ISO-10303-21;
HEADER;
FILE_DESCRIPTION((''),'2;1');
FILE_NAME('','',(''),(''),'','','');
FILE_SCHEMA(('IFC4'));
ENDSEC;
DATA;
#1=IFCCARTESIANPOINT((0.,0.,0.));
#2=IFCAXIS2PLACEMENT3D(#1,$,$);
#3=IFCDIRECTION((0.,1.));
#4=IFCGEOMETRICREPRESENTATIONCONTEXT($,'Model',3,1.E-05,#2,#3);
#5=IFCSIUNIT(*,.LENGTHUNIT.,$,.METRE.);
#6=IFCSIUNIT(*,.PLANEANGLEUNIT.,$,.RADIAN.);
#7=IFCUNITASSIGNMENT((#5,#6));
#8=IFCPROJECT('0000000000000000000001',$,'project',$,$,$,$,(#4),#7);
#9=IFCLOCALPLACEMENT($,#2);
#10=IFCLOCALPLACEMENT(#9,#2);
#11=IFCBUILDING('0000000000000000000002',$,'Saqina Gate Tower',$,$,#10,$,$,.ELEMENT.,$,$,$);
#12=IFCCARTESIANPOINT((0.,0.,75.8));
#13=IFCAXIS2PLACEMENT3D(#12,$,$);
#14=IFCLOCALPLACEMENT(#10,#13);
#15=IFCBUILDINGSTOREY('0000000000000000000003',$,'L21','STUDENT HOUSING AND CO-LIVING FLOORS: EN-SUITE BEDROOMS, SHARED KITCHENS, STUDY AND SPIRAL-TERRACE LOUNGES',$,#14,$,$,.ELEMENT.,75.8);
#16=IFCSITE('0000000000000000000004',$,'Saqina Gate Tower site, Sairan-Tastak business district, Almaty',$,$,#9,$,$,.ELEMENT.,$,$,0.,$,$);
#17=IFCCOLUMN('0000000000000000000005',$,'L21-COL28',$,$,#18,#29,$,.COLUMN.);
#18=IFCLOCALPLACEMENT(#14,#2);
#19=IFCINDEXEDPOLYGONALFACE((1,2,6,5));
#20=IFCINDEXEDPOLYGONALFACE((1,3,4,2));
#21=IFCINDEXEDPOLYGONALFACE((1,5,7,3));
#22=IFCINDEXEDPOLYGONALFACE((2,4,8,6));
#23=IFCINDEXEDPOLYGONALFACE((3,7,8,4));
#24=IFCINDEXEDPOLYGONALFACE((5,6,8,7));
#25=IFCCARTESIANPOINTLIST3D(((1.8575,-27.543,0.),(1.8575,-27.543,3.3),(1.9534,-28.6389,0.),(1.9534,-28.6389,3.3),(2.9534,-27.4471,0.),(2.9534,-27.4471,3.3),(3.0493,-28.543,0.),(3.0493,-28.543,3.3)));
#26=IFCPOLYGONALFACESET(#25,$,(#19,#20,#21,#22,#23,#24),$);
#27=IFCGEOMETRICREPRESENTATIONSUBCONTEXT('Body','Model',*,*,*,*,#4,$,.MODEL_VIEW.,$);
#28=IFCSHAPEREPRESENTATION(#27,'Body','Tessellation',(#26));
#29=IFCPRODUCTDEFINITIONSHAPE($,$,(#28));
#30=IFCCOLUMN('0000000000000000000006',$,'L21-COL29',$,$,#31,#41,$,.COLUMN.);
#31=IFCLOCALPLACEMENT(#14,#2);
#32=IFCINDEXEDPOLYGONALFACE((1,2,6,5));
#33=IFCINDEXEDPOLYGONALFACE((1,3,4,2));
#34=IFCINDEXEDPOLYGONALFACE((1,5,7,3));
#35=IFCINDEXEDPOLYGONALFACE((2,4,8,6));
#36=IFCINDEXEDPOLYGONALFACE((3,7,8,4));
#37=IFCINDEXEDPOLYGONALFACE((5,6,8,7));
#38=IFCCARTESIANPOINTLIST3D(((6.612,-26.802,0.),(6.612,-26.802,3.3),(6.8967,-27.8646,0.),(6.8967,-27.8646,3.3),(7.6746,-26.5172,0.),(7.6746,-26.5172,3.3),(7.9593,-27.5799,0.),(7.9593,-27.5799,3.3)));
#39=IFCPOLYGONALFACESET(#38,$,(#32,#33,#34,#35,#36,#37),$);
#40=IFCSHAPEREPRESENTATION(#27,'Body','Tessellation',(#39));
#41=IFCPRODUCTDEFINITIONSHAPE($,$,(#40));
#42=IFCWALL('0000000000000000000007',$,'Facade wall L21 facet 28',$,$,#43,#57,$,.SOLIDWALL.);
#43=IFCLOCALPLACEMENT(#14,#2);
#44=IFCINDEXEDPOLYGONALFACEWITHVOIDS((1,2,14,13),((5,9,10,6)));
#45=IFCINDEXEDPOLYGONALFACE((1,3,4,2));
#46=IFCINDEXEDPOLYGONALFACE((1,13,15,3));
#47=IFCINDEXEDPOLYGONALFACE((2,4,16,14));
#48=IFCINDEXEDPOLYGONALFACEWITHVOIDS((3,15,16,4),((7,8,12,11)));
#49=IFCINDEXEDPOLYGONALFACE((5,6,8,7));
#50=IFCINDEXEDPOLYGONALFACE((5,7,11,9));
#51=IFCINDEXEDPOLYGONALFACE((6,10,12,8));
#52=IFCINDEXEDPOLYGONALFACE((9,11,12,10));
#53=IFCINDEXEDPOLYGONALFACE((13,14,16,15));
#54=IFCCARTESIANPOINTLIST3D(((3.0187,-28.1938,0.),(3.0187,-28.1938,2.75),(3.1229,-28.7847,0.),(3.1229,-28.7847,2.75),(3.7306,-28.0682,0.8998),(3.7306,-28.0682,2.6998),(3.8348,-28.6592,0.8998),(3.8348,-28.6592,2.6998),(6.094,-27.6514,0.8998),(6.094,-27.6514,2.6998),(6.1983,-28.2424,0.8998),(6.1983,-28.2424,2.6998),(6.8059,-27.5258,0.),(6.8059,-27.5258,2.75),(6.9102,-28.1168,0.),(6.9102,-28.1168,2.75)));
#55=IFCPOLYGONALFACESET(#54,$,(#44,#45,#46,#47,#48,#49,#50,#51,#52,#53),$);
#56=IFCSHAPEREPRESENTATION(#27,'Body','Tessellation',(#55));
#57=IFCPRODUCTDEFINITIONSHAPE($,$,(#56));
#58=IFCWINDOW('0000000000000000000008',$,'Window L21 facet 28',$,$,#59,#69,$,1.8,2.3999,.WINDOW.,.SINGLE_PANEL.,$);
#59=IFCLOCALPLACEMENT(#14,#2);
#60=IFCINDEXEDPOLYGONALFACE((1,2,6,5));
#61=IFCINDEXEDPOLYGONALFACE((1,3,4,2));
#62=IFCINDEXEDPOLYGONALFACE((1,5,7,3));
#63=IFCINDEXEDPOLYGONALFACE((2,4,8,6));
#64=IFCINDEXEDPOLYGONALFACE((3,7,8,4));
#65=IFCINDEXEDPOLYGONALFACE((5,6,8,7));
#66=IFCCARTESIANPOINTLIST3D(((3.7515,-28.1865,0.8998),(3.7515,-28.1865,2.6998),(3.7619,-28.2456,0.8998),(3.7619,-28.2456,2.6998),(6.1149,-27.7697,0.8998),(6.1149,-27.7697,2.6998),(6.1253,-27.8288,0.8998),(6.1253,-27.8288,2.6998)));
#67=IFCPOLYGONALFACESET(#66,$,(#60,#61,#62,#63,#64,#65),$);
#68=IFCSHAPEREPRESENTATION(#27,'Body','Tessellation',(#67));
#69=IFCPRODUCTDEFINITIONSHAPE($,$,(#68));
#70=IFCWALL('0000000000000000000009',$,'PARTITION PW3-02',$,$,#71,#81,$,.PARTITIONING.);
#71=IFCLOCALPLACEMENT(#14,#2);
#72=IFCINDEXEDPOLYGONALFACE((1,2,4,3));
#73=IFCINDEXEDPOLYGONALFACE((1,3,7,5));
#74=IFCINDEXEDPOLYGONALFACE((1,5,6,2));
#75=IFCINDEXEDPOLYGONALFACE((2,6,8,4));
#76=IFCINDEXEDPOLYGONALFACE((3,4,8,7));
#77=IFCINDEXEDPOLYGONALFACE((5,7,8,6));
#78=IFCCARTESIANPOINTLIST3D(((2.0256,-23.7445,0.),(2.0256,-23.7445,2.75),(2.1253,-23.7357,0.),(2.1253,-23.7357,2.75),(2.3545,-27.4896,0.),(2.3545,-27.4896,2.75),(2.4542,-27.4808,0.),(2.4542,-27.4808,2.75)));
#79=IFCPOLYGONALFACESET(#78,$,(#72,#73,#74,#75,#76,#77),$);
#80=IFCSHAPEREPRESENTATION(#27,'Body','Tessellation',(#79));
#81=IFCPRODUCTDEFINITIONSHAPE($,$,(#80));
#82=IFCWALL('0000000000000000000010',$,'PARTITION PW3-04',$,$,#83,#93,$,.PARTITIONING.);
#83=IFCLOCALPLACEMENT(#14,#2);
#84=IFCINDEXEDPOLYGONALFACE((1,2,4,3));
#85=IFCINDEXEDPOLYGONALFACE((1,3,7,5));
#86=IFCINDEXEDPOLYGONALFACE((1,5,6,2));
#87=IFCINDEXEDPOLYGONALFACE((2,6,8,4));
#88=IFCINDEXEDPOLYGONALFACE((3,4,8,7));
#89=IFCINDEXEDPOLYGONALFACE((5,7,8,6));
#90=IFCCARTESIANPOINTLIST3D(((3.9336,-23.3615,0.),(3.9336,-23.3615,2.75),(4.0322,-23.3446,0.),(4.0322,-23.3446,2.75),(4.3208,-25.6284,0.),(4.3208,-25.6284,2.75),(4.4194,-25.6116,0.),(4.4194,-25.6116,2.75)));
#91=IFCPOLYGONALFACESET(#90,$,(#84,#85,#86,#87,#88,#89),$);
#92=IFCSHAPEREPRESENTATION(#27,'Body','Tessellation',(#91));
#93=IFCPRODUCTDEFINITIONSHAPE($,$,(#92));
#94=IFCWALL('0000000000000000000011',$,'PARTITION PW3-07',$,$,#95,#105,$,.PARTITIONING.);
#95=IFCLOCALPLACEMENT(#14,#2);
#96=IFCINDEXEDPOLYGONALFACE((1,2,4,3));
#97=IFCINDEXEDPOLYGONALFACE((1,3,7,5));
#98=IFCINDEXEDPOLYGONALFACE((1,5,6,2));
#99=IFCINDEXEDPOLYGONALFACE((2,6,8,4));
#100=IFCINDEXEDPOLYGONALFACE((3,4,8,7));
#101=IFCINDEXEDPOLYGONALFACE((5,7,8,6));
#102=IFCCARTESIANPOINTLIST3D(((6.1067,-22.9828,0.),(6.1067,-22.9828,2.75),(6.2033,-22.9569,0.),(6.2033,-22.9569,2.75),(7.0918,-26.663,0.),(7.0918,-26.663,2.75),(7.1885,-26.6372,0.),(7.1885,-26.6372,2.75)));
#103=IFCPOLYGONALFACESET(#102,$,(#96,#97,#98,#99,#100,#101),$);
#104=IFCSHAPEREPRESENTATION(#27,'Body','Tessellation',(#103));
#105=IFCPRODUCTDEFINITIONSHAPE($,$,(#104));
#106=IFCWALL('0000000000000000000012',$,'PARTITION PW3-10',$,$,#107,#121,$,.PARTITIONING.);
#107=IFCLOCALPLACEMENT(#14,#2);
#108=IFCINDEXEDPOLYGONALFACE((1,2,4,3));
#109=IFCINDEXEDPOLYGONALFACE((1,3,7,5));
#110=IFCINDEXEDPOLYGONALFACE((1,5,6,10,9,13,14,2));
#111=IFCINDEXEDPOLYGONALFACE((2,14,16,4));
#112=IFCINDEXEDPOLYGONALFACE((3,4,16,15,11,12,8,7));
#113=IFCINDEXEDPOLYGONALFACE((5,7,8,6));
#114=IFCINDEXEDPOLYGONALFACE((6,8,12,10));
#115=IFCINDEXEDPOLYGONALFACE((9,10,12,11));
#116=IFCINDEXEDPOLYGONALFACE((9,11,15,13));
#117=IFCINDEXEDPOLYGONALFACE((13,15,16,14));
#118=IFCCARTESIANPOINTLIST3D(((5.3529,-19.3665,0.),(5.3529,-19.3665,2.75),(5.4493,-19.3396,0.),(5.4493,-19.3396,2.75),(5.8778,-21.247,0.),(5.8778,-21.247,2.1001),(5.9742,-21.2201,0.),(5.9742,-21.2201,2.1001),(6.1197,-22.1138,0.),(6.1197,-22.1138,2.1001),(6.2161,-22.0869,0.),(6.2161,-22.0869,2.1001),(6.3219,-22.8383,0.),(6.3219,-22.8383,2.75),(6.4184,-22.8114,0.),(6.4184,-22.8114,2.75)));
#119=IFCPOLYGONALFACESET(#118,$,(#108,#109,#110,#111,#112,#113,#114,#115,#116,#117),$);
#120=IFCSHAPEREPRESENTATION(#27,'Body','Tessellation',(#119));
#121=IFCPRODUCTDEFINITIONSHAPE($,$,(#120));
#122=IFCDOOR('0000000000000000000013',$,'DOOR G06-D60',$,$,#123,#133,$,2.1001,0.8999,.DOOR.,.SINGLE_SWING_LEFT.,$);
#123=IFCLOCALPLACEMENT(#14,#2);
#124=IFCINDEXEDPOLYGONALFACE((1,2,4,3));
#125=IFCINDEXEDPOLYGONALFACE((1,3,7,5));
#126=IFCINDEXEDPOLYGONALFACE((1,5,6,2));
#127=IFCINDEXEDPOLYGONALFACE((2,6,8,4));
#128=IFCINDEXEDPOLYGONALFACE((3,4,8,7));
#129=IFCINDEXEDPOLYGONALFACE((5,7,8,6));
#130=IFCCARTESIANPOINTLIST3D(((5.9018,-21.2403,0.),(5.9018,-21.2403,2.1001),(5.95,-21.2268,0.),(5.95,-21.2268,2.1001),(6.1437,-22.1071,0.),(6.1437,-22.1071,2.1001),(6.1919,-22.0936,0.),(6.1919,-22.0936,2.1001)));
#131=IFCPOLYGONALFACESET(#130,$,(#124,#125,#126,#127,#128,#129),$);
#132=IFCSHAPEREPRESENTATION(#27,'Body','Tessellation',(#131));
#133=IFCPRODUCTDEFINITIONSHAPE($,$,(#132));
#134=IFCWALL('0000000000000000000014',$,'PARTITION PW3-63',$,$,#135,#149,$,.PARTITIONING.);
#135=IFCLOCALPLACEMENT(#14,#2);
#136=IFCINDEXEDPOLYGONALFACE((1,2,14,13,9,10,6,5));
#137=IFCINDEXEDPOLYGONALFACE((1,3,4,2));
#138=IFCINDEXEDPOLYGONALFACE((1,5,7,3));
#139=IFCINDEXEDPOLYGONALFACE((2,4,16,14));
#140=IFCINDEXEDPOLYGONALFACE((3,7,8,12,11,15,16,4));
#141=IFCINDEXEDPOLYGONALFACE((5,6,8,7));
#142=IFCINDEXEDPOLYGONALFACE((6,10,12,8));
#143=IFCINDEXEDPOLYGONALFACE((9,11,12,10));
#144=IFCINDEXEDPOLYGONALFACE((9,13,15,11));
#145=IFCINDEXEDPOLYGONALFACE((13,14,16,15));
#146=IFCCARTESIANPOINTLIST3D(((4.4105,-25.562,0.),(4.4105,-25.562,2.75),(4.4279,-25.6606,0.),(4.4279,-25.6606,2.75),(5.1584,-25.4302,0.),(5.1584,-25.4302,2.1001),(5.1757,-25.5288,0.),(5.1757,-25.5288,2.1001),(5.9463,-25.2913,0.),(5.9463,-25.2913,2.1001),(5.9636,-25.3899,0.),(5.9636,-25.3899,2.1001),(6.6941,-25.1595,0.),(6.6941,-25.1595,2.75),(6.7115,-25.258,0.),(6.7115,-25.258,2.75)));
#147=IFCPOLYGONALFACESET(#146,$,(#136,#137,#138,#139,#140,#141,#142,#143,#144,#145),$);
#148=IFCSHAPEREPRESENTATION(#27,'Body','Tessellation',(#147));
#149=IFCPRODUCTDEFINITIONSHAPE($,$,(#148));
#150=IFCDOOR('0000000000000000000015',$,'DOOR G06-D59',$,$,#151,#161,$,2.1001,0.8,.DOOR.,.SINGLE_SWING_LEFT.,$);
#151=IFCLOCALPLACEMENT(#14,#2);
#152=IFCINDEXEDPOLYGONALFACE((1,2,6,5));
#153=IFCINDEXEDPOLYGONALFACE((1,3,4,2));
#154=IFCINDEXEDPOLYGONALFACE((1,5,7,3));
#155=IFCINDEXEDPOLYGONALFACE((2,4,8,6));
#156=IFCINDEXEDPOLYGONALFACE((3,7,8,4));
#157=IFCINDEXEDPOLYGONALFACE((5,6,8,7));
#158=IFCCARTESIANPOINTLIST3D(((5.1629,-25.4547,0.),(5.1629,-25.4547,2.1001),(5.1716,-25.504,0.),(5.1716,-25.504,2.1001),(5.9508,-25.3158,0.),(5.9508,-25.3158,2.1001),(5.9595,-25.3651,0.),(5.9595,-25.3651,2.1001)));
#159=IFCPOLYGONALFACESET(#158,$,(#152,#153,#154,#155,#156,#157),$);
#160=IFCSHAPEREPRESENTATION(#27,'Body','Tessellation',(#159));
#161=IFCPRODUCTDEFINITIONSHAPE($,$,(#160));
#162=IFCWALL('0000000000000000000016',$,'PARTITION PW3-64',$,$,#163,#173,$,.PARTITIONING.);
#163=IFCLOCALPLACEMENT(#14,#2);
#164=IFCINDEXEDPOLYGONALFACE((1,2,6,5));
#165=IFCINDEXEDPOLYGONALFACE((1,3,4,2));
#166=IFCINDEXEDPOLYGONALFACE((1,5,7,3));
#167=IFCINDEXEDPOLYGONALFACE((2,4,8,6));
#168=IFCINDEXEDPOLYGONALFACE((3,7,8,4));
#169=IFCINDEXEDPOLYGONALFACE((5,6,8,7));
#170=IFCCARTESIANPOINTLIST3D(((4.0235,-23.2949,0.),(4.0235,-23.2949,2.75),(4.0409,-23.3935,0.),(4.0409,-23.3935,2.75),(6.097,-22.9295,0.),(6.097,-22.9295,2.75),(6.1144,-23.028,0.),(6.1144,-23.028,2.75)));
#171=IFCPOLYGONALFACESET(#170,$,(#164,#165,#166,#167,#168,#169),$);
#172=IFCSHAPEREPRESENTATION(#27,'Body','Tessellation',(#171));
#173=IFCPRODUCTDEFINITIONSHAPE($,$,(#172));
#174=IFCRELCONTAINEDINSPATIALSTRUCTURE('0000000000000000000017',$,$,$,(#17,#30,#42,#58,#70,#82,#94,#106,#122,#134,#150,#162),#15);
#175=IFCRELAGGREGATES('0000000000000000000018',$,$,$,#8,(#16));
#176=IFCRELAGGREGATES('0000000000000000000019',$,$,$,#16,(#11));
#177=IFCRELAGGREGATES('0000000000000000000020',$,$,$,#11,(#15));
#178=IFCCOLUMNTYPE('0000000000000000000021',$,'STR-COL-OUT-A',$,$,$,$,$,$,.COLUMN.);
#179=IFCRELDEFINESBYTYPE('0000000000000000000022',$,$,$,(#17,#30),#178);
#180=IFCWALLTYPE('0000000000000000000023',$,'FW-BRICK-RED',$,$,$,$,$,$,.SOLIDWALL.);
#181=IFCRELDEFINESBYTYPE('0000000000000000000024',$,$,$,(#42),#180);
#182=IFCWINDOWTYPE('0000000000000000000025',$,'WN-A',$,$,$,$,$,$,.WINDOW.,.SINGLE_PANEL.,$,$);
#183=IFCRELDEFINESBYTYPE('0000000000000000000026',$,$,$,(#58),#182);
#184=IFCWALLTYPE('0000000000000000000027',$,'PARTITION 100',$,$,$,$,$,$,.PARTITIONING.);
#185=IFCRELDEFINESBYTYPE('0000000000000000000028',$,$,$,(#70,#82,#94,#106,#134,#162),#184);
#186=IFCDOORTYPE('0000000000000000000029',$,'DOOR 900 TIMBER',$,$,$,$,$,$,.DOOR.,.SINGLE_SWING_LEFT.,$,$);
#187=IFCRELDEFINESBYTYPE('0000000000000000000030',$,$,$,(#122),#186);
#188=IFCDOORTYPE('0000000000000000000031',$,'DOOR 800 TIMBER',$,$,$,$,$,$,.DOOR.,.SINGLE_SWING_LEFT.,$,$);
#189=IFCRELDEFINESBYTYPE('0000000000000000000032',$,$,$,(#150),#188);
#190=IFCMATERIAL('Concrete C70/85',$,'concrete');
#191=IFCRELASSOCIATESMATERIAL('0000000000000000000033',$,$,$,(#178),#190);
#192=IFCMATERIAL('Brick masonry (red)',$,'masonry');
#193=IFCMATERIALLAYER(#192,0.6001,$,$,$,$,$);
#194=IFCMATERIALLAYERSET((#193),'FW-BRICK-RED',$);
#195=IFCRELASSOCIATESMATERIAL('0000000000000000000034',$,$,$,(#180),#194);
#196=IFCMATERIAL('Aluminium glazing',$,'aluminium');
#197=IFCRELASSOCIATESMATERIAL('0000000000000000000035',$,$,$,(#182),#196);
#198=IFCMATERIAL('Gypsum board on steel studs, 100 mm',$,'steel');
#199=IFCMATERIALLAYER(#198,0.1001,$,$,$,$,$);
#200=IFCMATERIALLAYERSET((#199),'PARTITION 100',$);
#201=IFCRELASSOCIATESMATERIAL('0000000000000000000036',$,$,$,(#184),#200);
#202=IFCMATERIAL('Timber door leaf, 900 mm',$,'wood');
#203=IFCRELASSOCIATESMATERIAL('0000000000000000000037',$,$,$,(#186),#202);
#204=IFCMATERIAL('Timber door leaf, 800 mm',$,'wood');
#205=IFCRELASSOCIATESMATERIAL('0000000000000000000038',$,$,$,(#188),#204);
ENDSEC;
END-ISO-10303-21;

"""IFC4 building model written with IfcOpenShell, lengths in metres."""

from ifc_helpers import new_model, si_unit, direction, frame, frame_2d, origin, origin_2d, place, context, subcontext, project, spatial, rectangle, extrude, material, layer, layer_set, material_profile, profile_set, type_object, element, fill, save


model = new_model("IFC4")

# Units and contexts
model_context = context("Model", 3, precision=1e-05, world=origin(), true_north=direction((0.0, 1.0)))
body_context = subcontext(model_context, "Body", "Model", "MODEL_VIEW")
ifc_project = project(units=[si_unit("LENGTHUNIT", "METRE"), si_unit("PLANEANGLEUNIT", "RADIAN")], contexts=[model_context])

# Site, building, storey
site_placement = place(None, origin())
site = spatial("IfcSite", under=ifc_project, at=site_placement, Name="Saqina Gate Tower site, Sairan-Tastak business district, Almaty", CompositionType="ELEMENT", RefElevation=0.0)
building_placement = place(site_placement, origin())
building = spatial("IfcBuilding", under=site, at=building_placement, Name="Saqina Gate Tower", CompositionType="ELEMENT")
storey_placement = place(building_placement, frame((0.0, 0.0, 75.8)))
storey = spatial("IfcBuildingStorey", under=building, at=storey_placement, Name="L21", Description="STUDENT HOUSING AND CO-LIVING FLOORS: EN-SUITE BEDROOMS, SHARED KITCHENS, STUDY AND SPIRAL-TERRACE LOUNGES", CompositionType="ELEMENT", Elevation=75.8)

# Columns
ifc_material_1 = material(Name="Concrete C70/85", Category="concrete")
ifc_material_profile = material_profile(ifc_material_1, rectangle(XDim=1.1001, YDim=1.1001, at=origin_2d()), Name="RC 1100x1100")
ifc_profile_set = profile_set([ifc_material_profile], Name="Concrete C70/85")
column_type = type_object("IfcColumnType", Name="STR-COL-OUT-A", PredefinedType="COLUMN", material=ifc_profile_set)
for number, where, z_axis, x_axis, name in (
    (1, (2.4534, -28.043, 0.0), (0.0, 0.0, 1.0), (0.087156, -0.996195, 0.0), "L21-COL28"),
    (2, (7.2856, -27.1909, 0.0), (0.0, 0.0, 1.0), (0.258819, -0.965926, 0.0), "L21-COL29"),
):
    element("IfcColumn", number, at=place(storey_placement, frame(where, z_axis=z_axis, x_axis=x_axis)), inside=storey, type_object=column_type, Name=name, PredefinedType="COLUMN", context=body_context, shape_type="SweptSolid", body=[
        extrude(rectangle(XDim=1.1001, YDim=1.1001, at=origin_2d()), origin(), (0.0, 0.0, 1.0), 3.3),
    ])

# Wall, opening, window
ifc_material_2 = material(Name="Brick masonry (red)", Category="masonry")
ifc_layer_1 = layer(ifc_material_2, 0.6001)
ifc_layer_set_1 = layer_set([ifc_layer_1], Name="FW-BRICK-RED")
wall_type_1 = type_object("IfcWallType", Name="FW-BRICK-RED", PredefinedType="SOLIDWALL", material=ifc_layer_set_1)
wall_1_placement = place(storey_placement, frame((3.0708, -28.4893, 0.0), z_axis=(0.0, 0.0, 1.0), x_axis=(0.984801, 0.173688, 0.0)))
wall_1 = element("IfcWall", 3, at=wall_1_placement, inside=storey, type_object=wall_type_1, Name="Facade wall L21 facet 28", PredefinedType="SOLIDWALL", context=body_context, shape_type="SweptSolid", body=[
    extrude(rectangle(XDim=3.8457, YDim=0.6001, at=frame_2d((1.9229, 0.0))), origin(), (0.0, 0.0, 1.0), 2.75),
])
opening_1_placement = place(wall_1_placement, frame((0.7229, 0.0, 0.8999)))
opening_1 = element("IfcOpeningElement", 4, at=opening_1_placement, cuts=wall_1, PredefinedType="OPENING", context=body_context, shape_type="SweptSolid", body=[
    extrude(rectangle(XDim=2.3999, YDim=1.8, at=frame_2d((1.2, 0.8999))), frame((0.0, 0.312, 0.0), z_axis=(0.0, -1.0, 0.0), x_axis=(1.0, 0.0, 0.0)), (0.0, 0.0, 1.0), 0.624),
])
ifc_material_3 = material(Name="Aluminium glazing", Category="aluminium")
window_type = type_object("IfcWindowType", Name="WN-A", PartitioningType="SINGLE_PANEL", PredefinedType="WINDOW", material=ifc_material_3)
window_placement = place(opening_1_placement, origin())
window = element("IfcWindow", 5, at=window_placement, inside=storey, type_object=window_type, Name="Window L21 facet 28", OverallHeight=1.8, OverallWidth=2.3999, PartitioningType="SINGLE_PANEL", PredefinedType="WINDOW", context=body_context, shape_type="SweptSolid", body=[
    extrude(rectangle(XDim=2.3999, YDim=1.8, at=frame_2d((1.2, 0.8999))), frame((0.0, 0.1799, 0.0), z_axis=(0.0, -1.0, 0.0), x_axis=(1.0, 0.0, 0.0)), (0.0, 0.0, 1.0), 0.0601),
])
fill(opening_1, window)

# Walls
ifc_material_4 = material(Name="Gypsum board on steel studs, 100 mm", Category="steel")
ifc_layer_2 = layer(ifc_material_4, 0.1001)
ifc_layer_set_2 = layer_set([ifc_layer_2], Name="PARTITION 100")
wall_type_2 = type_object("IfcWallType", Name="PARTITION 100", PredefinedType="PARTITIONING", material=ifc_layer_set_2)
wall_2_placement = place(storey_placement, frame((2.0754, -23.74, 0.0), z_axis=(0.0, 0.0, 1.0), x_axis=(0.087473, -0.996167, 0.0)))
element("IfcWall", 6, at=wall_2_placement, inside=storey, type_object=wall_type_2, Name="PARTITION PW3-02", PredefinedType="PARTITIONING", context=body_context, shape_type="SweptSolid", body=[
    extrude(rectangle(XDim=3.7595, YDim=0.1001, at=frame_2d((1.8799, 0.0))), origin(), (0.0, 0.0, 1.0), 2.75),
])
wall_3_placement = place(storey_placement, frame((3.9829, -23.353, 0.0), z_axis=(0.0, 0.0, 1.0), x_axis=(0.168357, -0.985726, 0.0)))
element("IfcWall", 7, at=wall_3_placement, inside=storey, type_object=wall_type_2, Name="PARTITION PW3-04", PredefinedType="PARTITIONING", context=body_context, shape_type="SweptSolid", body=[
    extrude(rectangle(XDim=2.2998, YDim=0.1001, at=frame_2d((1.1499, 0.0))), origin(), (0.0, 0.0, 1.0), 2.75),
])
wall_4_placement = place(storey_placement, frame((6.155, -22.97, 0.0), z_axis=(0.0, 0.0, 1.0), x_axis=(0.258576, -0.965991, 0.0)))
element("IfcWall", 8, at=wall_4_placement, inside=storey, type_object=wall_type_2, Name="PARTITION PW3-07", PredefinedType="PARTITIONING", context=body_context, shape_type="SweptSolid", body=[
    extrude(rectangle(XDim=3.8098, YDim=0.1001, at=frame_2d((1.9048, 0.0))), origin(), (0.0, 0.0, 1.0), 2.75),
])

# Walls, openings, doors
wall_5_placement = place(storey_placement, frame((5.4011, -19.353, 0.0), z_axis=(0.0, 0.0, 1.0), x_axis=(0.268838, -0.963185, 0.0)))
wall_5 = element("IfcWall", 9, at=wall_5_placement, inside=storey, type_object=wall_type_2, Name="PARTITION PW3-10", PredefinedType="PARTITIONING", context=body_context, shape_type="SweptSolid", body=[
    extrude(rectangle(XDim=3.6045, YDim=0.1001, at=frame_2d((1.8022, 0.0))), origin(), (0.0, 0.0, 1.0), 2.75),
])
opening_2_placement = place(wall_5_placement, frame((1.9524, 0.0, 0.0)))
opening_2 = element("IfcOpeningElement", 10, at=opening_2_placement, cuts=wall_5, PredefinedType="OPENING", context=body_context, shape_type="SweptSolid", body=[
    extrude(rectangle(XDim=0.8999, YDim=2.1001, at=frame_2d((0.45, 1.05))), frame((0.0, 0.062, 0.0), z_axis=(0.0, -1.0, 0.0), x_axis=(1.0, 0.0, 0.0)), (0.0, 0.0, 1.0), 0.124),
])
ifc_material_5 = material(Name="Timber door leaf, 900 mm", Category="wood")
door_type_1 = type_object("IfcDoorType", Name="DOOR 900 TIMBER", OperationType="SINGLE_SWING_LEFT", PredefinedType="DOOR", material=ifc_material_5)
door_1_placement = place(opening_2_placement, origin())
door_1 = element("IfcDoor", 11, at=door_1_placement, inside=storey, type_object=door_type_1, Name="DOOR G06-D60", OperationType="SINGLE_SWING_LEFT", OverallHeight=2.1001, OverallWidth=0.8999, PredefinedType="DOOR", context=body_context, shape_type="SweptSolid", body=[
    extrude(rectangle(XDim=0.8999, YDim=2.1001, at=frame_2d((0.45, 1.05))), frame((0.0, 0.0249, 0.0), z_axis=(0.0, -1.0, 0.0), x_axis=(1.0, 0.0, 0.0)), (0.0, 0.0, 1.0), 0.05),
])
fill(opening_2, door_1)
wall_6_placement = place(storey_placement, frame((4.4192, -25.6113, 0.0), z_axis=(0.0, 0.0, 1.0), x_axis=(0.984814, 0.173611, 0.0)))
wall_6 = element("IfcWall", 12, at=wall_6_placement, inside=storey, type_object=wall_type_2, Name="PARTITION PW3-63", PredefinedType="PARTITIONING", context=body_context, shape_type="SweptSolid", body=[
    extrude(rectangle(XDim=2.3188, YDim=0.1001, at=frame_2d((1.1594, 0.0))), origin(), (0.0, 0.0, 1.0), 2.75),
])
opening_3_placement = place(wall_6_placement, frame((0.7595, 0.0, 0.0)))
opening_3 = element("IfcOpeningElement", 13, at=opening_3_placement, cuts=wall_6, PredefinedType="OPENING", context=body_context, shape_type="SweptSolid", body=[
    extrude(rectangle(XDim=0.8, YDim=2.1001, at=frame_2d((0.3999, 1.05))), frame((0.0, 0.062, 0.0), z_axis=(0.0, -1.0, 0.0), x_axis=(1.0, 0.0, 0.0)), (0.0, 0.0, 1.0), 0.124),
])
ifc_material_6 = material(Name="Timber door leaf, 800 mm", Category="wood")
door_type_2 = type_object("IfcDoorType", Name="DOOR 800 TIMBER", OperationType="SINGLE_SWING_LEFT", PredefinedType="DOOR", material=ifc_material_6)
door_2_placement = place(opening_3_placement, frame((0.8, 0.0, 0.0), z_axis=(0.0, 0.0, 1.0), x_axis=(-1.0, 0.0, 0.0)))
door_2 = element("IfcDoor", 14, at=door_2_placement, inside=storey, type_object=door_type_2, Name="DOOR G06-D59", OperationType="SINGLE_SWING_LEFT", OverallHeight=2.1001, OverallWidth=0.8, PredefinedType="DOOR", context=body_context, shape_type="SweptSolid", body=[
    extrude(rectangle(XDim=0.8, YDim=2.1001, at=frame_2d((0.3999, 1.05))), frame((0.0, 0.0249, 0.0), z_axis=(0.0, -1.0, 0.0), x_axis=(1.0, 0.0, 0.0)), (0.0, 0.0, 1.0), 0.05),
])
fill(opening_3, door_2)

# Wall
wall_7_placement = place(storey_placement, frame((4.0322, -23.3442, 0.0), z_axis=(0.0, 0.0, 1.0), x_axis=(0.984819, 0.173587, 0.0)))
element("IfcWall", 15, at=wall_7_placement, inside=storey, type_object=wall_type_2, Name="PARTITION PW3-64", PredefinedType="PARTITIONING", context=body_context, shape_type="SweptSolid", body=[
    extrude(rectangle(XDim=2.1055, YDim=0.1001, at=frame_2d((1.0527, 0.0))), origin(), (0.0, 0.0, 1.0), 2.75),
])

save(model, "model.ifc")
